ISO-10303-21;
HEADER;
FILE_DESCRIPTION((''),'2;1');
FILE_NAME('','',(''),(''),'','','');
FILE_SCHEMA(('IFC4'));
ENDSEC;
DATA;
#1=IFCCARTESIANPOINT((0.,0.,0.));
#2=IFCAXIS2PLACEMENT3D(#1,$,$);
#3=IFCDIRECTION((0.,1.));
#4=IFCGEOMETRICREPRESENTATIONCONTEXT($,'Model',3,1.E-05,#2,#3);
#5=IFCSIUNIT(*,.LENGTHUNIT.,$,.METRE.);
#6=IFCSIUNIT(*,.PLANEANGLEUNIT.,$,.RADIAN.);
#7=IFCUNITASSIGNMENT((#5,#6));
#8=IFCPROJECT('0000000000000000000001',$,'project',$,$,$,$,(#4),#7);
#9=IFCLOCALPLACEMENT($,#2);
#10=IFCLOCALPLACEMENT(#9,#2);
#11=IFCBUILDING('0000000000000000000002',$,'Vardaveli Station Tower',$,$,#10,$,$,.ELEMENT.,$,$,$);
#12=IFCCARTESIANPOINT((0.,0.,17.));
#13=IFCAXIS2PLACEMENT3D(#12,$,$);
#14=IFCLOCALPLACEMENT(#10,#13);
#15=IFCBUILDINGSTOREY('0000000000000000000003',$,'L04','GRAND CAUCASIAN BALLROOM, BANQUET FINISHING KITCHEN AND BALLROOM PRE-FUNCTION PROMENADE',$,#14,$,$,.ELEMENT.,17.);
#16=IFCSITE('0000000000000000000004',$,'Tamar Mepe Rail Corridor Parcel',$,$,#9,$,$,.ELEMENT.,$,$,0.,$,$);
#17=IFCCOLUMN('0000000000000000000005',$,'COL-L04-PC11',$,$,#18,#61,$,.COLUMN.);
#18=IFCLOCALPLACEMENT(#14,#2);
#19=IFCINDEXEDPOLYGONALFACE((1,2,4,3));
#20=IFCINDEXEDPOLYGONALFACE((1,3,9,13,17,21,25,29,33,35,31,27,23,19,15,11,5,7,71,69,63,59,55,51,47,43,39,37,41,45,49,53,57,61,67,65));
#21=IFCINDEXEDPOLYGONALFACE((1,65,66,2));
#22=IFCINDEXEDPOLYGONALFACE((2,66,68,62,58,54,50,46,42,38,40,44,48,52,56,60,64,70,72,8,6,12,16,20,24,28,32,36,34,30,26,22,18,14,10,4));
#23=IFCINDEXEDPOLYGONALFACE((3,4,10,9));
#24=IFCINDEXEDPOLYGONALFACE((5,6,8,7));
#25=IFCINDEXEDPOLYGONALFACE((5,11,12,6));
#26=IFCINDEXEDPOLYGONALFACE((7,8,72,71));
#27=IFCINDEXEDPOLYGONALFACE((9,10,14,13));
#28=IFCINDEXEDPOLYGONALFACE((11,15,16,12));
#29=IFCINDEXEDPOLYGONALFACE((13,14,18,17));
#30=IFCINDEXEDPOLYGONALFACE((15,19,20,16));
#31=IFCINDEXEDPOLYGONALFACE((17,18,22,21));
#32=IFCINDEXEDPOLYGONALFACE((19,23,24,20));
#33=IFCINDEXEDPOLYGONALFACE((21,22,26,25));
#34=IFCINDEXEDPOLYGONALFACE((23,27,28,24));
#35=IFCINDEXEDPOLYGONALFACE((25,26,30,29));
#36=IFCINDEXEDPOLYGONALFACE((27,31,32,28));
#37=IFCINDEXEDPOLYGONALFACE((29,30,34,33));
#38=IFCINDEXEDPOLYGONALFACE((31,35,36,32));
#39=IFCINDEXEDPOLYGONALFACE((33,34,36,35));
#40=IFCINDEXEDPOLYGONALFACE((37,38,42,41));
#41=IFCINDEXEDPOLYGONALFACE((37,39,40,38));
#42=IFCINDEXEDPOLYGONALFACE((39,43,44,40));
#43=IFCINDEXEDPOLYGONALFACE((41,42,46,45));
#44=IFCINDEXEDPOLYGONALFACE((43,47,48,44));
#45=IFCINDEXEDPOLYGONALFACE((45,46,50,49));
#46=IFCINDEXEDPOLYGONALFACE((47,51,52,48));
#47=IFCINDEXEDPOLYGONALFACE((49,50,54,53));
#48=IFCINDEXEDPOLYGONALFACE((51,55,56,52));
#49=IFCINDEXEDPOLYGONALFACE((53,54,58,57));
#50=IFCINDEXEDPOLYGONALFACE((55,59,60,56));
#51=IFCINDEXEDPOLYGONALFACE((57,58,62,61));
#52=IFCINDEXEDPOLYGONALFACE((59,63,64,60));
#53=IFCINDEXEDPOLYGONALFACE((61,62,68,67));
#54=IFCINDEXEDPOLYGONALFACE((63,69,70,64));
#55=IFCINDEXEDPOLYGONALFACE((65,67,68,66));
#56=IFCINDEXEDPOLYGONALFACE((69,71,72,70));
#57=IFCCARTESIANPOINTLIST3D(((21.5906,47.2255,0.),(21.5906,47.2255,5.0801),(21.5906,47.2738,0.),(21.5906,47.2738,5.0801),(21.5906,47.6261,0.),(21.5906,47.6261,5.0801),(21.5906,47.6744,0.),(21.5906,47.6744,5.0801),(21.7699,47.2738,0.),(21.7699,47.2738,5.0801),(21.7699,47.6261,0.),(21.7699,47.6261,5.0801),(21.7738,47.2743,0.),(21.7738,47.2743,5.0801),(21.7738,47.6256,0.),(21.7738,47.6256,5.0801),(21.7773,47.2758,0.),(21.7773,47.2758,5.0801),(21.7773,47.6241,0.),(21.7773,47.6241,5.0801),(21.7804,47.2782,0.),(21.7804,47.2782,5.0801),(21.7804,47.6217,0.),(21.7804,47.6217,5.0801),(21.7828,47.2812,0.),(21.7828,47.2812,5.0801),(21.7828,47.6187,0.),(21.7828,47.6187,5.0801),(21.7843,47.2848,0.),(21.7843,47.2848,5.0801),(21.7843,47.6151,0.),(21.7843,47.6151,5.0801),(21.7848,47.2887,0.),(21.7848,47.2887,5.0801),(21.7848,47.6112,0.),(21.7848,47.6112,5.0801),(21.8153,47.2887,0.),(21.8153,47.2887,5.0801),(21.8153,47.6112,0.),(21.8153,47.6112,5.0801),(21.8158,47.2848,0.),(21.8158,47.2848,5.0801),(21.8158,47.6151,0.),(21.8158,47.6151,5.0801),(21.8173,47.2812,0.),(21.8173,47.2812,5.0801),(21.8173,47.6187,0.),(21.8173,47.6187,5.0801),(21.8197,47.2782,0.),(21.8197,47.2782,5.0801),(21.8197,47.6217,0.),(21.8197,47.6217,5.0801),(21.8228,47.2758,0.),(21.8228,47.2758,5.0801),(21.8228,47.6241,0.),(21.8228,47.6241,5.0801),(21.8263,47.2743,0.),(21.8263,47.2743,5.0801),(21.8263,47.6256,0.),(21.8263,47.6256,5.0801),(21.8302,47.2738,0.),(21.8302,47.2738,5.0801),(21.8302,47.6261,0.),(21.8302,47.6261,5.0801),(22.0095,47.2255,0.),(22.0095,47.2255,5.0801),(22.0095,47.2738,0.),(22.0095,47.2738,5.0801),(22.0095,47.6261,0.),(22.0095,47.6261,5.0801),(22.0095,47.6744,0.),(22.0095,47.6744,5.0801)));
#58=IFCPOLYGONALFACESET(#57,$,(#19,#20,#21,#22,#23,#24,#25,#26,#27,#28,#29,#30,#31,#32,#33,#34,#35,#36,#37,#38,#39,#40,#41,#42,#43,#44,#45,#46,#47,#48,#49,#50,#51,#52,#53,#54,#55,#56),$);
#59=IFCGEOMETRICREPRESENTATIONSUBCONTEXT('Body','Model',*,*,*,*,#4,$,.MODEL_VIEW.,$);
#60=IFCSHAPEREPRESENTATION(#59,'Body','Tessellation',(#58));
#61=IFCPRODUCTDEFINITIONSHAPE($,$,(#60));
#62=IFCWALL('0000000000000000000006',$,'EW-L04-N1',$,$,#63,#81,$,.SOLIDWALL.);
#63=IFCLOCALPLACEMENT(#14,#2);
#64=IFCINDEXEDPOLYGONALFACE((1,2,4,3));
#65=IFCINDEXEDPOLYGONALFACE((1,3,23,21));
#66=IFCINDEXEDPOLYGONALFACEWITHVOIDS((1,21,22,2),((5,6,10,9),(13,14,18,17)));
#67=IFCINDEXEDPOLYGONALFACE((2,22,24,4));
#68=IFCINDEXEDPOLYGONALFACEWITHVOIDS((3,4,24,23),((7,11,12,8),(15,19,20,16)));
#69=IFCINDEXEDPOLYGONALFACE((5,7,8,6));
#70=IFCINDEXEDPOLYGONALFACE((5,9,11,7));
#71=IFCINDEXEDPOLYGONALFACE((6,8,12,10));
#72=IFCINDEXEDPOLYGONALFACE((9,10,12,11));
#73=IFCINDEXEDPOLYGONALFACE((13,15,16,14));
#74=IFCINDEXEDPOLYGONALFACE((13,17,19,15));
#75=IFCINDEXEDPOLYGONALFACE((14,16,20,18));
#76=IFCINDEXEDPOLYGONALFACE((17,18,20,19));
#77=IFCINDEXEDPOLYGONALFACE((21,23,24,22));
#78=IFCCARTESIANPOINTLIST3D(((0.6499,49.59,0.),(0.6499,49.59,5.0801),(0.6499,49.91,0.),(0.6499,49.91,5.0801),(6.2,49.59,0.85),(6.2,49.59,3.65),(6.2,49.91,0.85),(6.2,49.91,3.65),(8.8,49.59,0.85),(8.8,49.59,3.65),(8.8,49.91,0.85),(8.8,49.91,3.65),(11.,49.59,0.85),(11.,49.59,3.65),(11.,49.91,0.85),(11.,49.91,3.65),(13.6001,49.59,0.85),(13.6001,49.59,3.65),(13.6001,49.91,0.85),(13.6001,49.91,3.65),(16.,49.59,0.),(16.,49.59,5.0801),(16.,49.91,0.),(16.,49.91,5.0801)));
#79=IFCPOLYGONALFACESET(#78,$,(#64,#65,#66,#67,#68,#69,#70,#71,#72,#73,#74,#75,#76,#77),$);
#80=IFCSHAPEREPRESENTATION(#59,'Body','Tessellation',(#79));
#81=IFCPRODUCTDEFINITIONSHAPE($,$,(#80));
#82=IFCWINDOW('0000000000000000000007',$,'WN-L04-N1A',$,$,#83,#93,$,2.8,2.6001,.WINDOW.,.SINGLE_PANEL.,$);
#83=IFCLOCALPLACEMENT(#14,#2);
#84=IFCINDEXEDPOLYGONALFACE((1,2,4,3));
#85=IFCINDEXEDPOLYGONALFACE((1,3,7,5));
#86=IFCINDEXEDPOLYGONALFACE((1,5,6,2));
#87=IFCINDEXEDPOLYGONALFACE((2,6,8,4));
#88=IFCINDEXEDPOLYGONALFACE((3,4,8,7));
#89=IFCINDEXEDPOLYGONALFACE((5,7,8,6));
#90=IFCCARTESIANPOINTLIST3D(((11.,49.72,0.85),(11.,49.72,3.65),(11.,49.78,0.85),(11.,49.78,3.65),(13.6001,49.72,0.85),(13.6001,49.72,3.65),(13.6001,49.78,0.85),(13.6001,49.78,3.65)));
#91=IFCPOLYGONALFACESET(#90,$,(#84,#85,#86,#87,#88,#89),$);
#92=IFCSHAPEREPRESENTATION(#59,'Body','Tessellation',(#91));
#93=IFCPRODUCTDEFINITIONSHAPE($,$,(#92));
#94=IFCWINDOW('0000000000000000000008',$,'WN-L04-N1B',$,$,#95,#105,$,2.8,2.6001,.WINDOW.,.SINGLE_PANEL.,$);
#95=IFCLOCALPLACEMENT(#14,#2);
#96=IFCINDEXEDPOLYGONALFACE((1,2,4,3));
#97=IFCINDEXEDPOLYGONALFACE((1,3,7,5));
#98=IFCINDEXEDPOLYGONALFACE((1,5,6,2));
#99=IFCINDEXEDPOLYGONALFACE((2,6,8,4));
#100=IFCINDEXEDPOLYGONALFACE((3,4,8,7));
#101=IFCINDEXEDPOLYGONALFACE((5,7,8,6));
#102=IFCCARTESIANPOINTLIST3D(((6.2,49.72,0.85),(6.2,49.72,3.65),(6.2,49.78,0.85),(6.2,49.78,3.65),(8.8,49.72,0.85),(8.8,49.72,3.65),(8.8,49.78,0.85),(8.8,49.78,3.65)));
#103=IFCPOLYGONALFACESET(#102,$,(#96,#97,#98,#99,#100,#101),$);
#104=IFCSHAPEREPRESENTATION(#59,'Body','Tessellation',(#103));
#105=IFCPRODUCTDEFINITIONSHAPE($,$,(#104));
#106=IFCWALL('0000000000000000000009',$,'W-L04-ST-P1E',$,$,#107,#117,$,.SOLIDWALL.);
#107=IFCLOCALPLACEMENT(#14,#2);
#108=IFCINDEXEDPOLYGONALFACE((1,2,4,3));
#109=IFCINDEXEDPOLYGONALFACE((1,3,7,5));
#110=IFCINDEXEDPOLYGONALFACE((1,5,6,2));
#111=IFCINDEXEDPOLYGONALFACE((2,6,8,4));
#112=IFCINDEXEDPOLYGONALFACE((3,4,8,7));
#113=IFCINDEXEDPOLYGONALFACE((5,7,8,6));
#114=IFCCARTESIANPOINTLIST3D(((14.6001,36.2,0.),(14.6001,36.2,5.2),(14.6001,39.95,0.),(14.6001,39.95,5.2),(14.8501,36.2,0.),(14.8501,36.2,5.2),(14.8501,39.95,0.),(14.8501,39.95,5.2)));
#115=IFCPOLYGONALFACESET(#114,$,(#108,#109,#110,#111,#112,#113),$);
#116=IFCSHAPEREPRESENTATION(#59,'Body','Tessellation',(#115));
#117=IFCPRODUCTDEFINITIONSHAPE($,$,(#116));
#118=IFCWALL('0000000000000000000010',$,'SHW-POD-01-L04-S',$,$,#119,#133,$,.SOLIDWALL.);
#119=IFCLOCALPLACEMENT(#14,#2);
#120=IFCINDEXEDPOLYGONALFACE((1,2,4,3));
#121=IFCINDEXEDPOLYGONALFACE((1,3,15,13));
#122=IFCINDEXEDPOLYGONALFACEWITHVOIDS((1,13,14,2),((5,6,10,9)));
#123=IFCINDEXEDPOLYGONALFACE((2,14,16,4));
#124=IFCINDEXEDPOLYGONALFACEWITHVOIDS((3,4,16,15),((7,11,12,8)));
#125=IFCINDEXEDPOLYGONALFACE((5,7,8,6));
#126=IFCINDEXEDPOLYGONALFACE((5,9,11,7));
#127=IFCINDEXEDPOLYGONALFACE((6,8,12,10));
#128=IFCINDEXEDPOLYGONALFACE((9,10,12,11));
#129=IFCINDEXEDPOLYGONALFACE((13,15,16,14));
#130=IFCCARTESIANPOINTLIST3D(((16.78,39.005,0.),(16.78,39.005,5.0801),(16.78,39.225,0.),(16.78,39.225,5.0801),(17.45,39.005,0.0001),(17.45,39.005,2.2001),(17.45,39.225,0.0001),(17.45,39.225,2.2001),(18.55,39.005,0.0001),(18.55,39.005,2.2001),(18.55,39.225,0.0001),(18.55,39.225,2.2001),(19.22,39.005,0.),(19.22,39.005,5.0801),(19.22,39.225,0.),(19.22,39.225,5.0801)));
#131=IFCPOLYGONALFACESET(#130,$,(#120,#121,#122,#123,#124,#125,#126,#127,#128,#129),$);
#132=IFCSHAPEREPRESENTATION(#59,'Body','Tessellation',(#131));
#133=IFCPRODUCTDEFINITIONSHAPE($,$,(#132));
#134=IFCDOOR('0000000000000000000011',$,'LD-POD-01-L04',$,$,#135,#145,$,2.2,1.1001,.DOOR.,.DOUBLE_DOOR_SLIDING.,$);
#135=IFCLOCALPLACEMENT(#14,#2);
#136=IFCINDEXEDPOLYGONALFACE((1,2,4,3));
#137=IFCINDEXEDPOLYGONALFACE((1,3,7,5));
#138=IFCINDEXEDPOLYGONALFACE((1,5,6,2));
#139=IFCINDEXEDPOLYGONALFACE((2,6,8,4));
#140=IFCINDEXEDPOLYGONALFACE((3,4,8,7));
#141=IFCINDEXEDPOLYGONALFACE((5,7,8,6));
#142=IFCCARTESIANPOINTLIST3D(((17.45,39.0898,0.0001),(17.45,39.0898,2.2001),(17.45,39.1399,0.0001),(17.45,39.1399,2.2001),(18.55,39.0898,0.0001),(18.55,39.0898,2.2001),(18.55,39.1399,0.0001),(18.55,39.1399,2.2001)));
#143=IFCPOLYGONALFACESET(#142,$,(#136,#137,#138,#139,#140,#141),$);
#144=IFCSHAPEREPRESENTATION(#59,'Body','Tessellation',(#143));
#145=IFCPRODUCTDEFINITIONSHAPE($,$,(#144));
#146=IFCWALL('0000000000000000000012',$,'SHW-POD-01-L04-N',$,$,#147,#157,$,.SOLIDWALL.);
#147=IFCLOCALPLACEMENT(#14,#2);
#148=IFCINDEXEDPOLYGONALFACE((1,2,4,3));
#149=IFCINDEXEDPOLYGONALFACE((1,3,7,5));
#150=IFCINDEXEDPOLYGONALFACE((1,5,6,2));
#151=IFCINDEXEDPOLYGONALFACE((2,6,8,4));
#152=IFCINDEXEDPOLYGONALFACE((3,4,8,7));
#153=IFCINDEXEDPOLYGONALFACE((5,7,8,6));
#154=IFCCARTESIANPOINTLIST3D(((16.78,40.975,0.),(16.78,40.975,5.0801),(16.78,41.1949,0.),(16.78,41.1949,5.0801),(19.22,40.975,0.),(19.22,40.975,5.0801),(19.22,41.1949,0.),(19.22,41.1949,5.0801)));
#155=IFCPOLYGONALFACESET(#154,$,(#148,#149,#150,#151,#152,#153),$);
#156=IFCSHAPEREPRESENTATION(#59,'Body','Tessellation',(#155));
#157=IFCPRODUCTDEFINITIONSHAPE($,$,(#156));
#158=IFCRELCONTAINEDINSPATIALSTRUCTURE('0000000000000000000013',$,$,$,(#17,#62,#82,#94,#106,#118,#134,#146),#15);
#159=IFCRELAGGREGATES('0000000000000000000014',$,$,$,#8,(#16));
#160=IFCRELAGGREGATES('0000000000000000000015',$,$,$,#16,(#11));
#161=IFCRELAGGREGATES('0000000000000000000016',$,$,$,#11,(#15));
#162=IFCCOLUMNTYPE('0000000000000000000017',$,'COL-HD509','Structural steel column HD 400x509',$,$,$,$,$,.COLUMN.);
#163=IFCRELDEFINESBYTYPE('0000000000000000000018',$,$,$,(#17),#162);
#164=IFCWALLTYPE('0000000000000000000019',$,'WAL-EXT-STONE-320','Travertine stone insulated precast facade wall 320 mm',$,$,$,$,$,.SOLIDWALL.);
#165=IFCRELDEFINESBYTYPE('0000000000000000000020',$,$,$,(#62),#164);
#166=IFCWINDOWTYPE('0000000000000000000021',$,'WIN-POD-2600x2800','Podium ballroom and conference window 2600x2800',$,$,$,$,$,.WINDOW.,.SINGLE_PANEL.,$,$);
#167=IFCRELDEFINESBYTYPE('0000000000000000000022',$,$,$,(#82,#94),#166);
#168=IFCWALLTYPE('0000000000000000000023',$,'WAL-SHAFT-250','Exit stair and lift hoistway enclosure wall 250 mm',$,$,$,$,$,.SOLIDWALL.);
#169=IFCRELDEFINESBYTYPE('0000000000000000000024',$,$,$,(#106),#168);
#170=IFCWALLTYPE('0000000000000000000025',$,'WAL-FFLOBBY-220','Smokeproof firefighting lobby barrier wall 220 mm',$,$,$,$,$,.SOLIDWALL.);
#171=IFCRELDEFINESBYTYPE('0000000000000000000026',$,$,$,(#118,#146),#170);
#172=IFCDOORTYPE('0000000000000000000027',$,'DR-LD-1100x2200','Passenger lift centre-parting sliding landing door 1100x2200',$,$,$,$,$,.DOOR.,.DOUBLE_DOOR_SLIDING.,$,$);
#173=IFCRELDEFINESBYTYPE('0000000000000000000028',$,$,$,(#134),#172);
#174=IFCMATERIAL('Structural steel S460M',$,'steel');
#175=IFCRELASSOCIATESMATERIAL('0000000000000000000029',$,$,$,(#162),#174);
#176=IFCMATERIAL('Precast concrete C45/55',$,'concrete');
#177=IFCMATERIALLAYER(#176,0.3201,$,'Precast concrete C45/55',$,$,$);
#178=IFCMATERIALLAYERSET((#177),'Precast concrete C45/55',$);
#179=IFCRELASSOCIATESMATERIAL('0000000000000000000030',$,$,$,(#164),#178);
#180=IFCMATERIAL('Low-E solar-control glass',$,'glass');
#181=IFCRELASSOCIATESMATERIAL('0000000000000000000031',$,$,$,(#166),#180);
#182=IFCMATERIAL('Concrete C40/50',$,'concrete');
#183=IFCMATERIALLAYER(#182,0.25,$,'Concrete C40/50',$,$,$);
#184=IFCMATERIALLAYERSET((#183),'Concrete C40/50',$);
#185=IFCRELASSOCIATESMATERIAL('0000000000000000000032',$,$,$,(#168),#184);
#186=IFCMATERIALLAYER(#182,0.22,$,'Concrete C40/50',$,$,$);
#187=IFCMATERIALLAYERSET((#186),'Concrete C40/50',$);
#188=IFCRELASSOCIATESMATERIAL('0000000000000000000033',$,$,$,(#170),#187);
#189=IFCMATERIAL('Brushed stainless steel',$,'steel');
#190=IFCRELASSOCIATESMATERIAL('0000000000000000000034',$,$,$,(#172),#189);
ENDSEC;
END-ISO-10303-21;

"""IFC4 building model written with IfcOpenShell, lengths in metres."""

from ifc_helpers import new_model, si_unit, direction, frame, frame_2d, origin, origin_2d, place, context, subcontext, project, spatial, rectangle, i_section, extrude, source, transform, mapped, material, layer, layer_set, material_profile, profile_set, type_object, element, fill, save


model = new_model("IFC4")

# Units and contexts
model_context = context("Model", 3, precision=1e-05, world=origin(), true_north=direction((0.0, 1.0)))
body_context = subcontext(model_context, "Body", "Model", "MODEL_VIEW")
ifc_project = project(units=[si_unit("LENGTHUNIT", "METRE"), si_unit("PLANEANGLEUNIT", "RADIAN")], contexts=[model_context])

# Site, building, storey
site_placement = place(None, origin())
site = spatial("IfcSite", under=ifc_project, at=site_placement, Name="Tamar Mepe Rail Corridor Parcel", CompositionType="ELEMENT", RefElevation=0.0)
building_placement = place(site_placement, origin())
building = spatial("IfcBuilding", under=site, at=building_placement, Name="Vardaveli Station Tower", CompositionType="ELEMENT")
storey_placement = place(building_placement, frame((0.0, 0.0, 17.0)))
storey = spatial("IfcBuildingStorey", under=building, at=storey_placement, Name="L04", Description="GRAND CAUCASIAN BALLROOM, BANQUET FINISHING KITCHEN AND BALLROOM PRE-FUNCTION PROMENADE", CompositionType="ELEMENT", Elevation=17.0)

# Column
ifc_material_1 = material(Name="Structural steel S460M", Category="steel")
ifc_material_profile = material_profile(ifc_material_1, i_section(OverallWidth=0.4189, OverallDepth=0.449, WebThickness=0.0305, FlangeThickness=0.0483, FilletRadius=0.0149, at=origin_2d()), Name="HD 400x509")
ifc_profile_set = profile_set([ifc_material_profile], Name="Structural steel S460M")
column_type = type_object("IfcColumnType", Name="COL-HD509", Description="Structural steel column HD 400x509", PredefinedType="COLUMN", material=ifc_profile_set)
shared_shape_1 = source(origin(), body_context, "Body", "SweptSolid", [
    extrude(i_section(OverallWidth=0.4189, OverallDepth=0.449, WebThickness=0.0305, FlangeThickness=0.0483, FilletRadius=0.0149, at=origin_2d()), origin(), (0.0, 0.0, 1.0), 5.0801),
])
column_placement = place(storey_placement, frame((21.8, 47.45, 0.0), z_axis=(0.0, 0.0, 1.0), x_axis=(1.0, 0.0, 0.0)))
element("IfcColumn", 1, at=column_placement, inside=storey, type_object=column_type, Name="COL-L04-PC11", PredefinedType="COLUMN", context=body_context, shape_type="MappedRepresentation", body=[
    mapped(shared_shape_1, transform((0.0, 0.0, 0.0), scale=1.0)),
])

# Wall, openings, windows
ifc_material_2 = material(Name="Precast concrete C45/55", Category="concrete")
ifc_layer_1 = layer(ifc_material_2, 0.3201, Name="Precast concrete C45/55")
ifc_layer_set_1 = layer_set([ifc_layer_1], Name="Precast concrete C45/55")
wall_type_1 = type_object("IfcWallType", Name="WAL-EXT-STONE-320", Description="Travertine stone insulated precast facade wall 320 mm", PredefinedType="SOLIDWALL", material=ifc_layer_set_1)
shared_shape_2 = source(origin(), body_context, "Body", "SweptSolid", [
    extrude(rectangle(XDim=15.3501, YDim=0.3201, at=frame_2d((7.675, 0.0))), origin(), (0.0, 0.0, 1.0), 5.0801),
])
wall_1_placement = place(storey_placement, frame((16.0, 49.75, 0.0), z_axis=(0.0, 0.0, 1.0), x_axis=(-1.0, 0.0, 0.0)))
wall_1 = element("IfcWall", 2, at=wall_1_placement, inside=storey, type_object=wall_type_1, Name="EW-L04-N1", PredefinedType="SOLIDWALL", context=body_context, shape_type="MappedRepresentation", body=[
    mapped(shared_shape_2, transform((0.0, 0.0, 0.0), scale=1.0)),
])
shared_shape_3 = source(origin(), body_context, "Body", "SweptSolid", [
    extrude(rectangle(XDim=2.6001, YDim=2.8, at=frame_2d((1.3, 1.3999))), frame((0.0, 0.1699, 0.0), z_axis=(0.0, -1.0, 0.0), x_axis=(1.0, 0.0, 0.0)), (0.0, 0.0, 1.0), 0.3401),
])
opening_1_placement = place(wall_1_placement, frame((2.3999, 0.0, 0.8501)))
opening_1 = element("IfcOpeningElement", 3, at=opening_1_placement, cuts=wall_1, PredefinedType="OPENING", context=body_context, shape_type="MappedRepresentation", body=[
    mapped(shared_shape_3, transform((0.0, 0.0, 0.0), scale=1.0)),
])
opening_2_placement = place(wall_1_placement, frame((7.2, 0.0, 0.8501)))
opening_2 = element("IfcOpeningElement", 4, at=opening_2_placement, cuts=wall_1, PredefinedType="OPENING", context=body_context, shape_type="MappedRepresentation", body=[
    mapped(shared_shape_3, transform((0.0, 0.0, 0.0), scale=1.0)),
])
ifc_material_3 = material(Name="Low-E solar-control glass", Category="glass")
window_type = type_object("IfcWindowType", Name="WIN-POD-2600x2800", Description="Podium ballroom and conference window 2600x2800", PartitioningType="SINGLE_PANEL", PredefinedType="WINDOW", material=ifc_material_3)
shared_shape_4 = source(origin(), body_context, "Body", "SweptSolid", [
    extrude(rectangle(XDim=2.6001, YDim=2.8, at=frame_2d((1.3, 1.3999))), frame((0.0, 0.03, 0.0), z_axis=(0.0, -1.0, 0.0), x_axis=(1.0, 0.0, 0.0)), (0.0, 0.0, 1.0), 0.0601),
])
window_1_placement = place(opening_1_placement, origin())
window_1 = element("IfcWindow", 5, at=window_1_placement, inside=storey, type_object=window_type, Name="WN-L04-N1A", OverallHeight=2.8, OverallWidth=2.6001, PartitioningType="SINGLE_PANEL", PredefinedType="WINDOW", context=body_context, shape_type="MappedRepresentation", body=[
    mapped(shared_shape_4, transform((0.0, 0.0, 0.0), scale=1.0)),
])
fill(opening_1, window_1)
window_2_placement = place(opening_2_placement, origin())
window_2 = element("IfcWindow", 6, at=window_2_placement, inside=storey, type_object=window_type, Name="WN-L04-N1B", OverallHeight=2.8, OverallWidth=2.6001, PartitioningType="SINGLE_PANEL", PredefinedType="WINDOW", context=body_context, shape_type="MappedRepresentation", body=[
    mapped(shared_shape_4, transform((0.0, 0.0, 0.0), scale=1.0)),
])
fill(opening_2, window_2)

# Wall
ifc_material_4 = material(Name="Concrete C40/50", Category="concrete")
ifc_layer_2 = layer(ifc_material_4, 0.25, Name="Concrete C40/50")
ifc_layer_set_2 = layer_set([ifc_layer_2], Name="Concrete C40/50")
wall_type_2 = type_object("IfcWallType", Name="WAL-SHAFT-250", Description="Exit stair and lift hoistway enclosure wall 250 mm", PredefinedType="SOLIDWALL", material=ifc_layer_set_2)
shared_shape_5 = source(origin(), body_context, "Body", "SweptSolid", [
    extrude(rectangle(XDim=3.75, YDim=0.25, at=frame_2d((1.875, 0.0))), origin(), (0.0, 0.0, 1.0), 5.2),
])
wall_2_placement = place(storey_placement, frame((14.7251, 36.2, 0.0), z_axis=(0.0, 0.0, 1.0), x_axis=(0.0, 1.0, 0.0)))
element("IfcWall", 7, at=wall_2_placement, inside=storey, type_object=wall_type_2, Name="W-L04-ST-P1E", PredefinedType="SOLIDWALL", context=body_context, shape_type="MappedRepresentation", body=[
    mapped(shared_shape_5, transform((0.0, 0.0, 0.0), scale=1.0)),
])

# Wall, opening, door
ifc_layer_3 = layer(ifc_material_4, 0.22, Name="Concrete C40/50")
ifc_layer_set_3 = layer_set([ifc_layer_3], Name="Concrete C40/50")
wall_type_3 = type_object("IfcWallType", Name="WAL-FFLOBBY-220", Description="Smokeproof firefighting lobby barrier wall 220 mm", PredefinedType="SOLIDWALL", material=ifc_layer_set_3)
shared_shape_6 = source(origin(), body_context, "Body", "SweptSolid", [
    extrude(rectangle(XDim=2.4399, YDim=0.22, at=frame_2d((1.22, 0.0))), origin(), (0.0, 0.0, 1.0), 5.0801),
])
wall_3_placement = place(storey_placement, frame((16.78, 39.115, 0.0), z_axis=(0.0, 0.0, 1.0), x_axis=(1.0, 0.0, 0.0)))
wall_3 = element("IfcWall", 8, at=wall_3_placement, inside=storey, type_object=wall_type_3, Name="SHW-POD-01-L04-S", PredefinedType="SOLIDWALL", context=body_context, shape_type="MappedRepresentation", body=[
    mapped(shared_shape_6, transform((0.0, 0.0, 0.0), scale=1.0)),
])
shared_shape_7 = source(origin(), body_context, "Body", "SweptSolid", [
    extrude(rectangle(XDim=1.1001, YDim=2.2, at=frame_2d((0.55, 1.1001))), frame((0.0, 0.1201, 0.0), z_axis=(0.0, -1.0, 0.0), x_axis=(1.0, 0.0, 0.0)), (0.0, 0.0, 1.0), 0.24),
])
opening_3_placement = place(wall_3_placement, frame((0.6699, 0.0, 0.0)))
opening_3 = element("IfcOpeningElement", 9, at=opening_3_placement, cuts=wall_3, PredefinedType="OPENING", context=body_context, shape_type="MappedRepresentation", body=[
    mapped(shared_shape_7, transform((0.0, 0.0, 0.0), scale=1.0)),
])
ifc_material_5 = material(Name="Brushed stainless steel", Category="steel")
door_type = type_object("IfcDoorType", Name="DR-LD-1100x2200", Description="Passenger lift centre-parting sliding landing door 1100x2200", OperationType="DOUBLE_DOOR_SLIDING", PredefinedType="DOOR", material=ifc_material_5)
shared_shape_8 = source(origin(), body_context, "Body", "SweptSolid", [
    extrude(rectangle(XDim=1.1001, YDim=2.2, at=frame_2d((0.55, 1.1001))), frame((0.0, 0.0249, 0.0), z_axis=(0.0, -1.0, 0.0), x_axis=(1.0, 0.0, 0.0)), (0.0, 0.0, 1.0), 0.05),
])
door_1_placement = place(opening_3_placement, origin())
door_1 = element("IfcDoor", 10, at=door_1_placement, inside=storey, type_object=door_type, Name="LD-POD-01-L04", OperationType="DOUBLE_DOOR_SLIDING", OverallHeight=2.2, OverallWidth=1.1001, PredefinedType="DOOR", context=body_context, shape_type="MappedRepresentation", body=[
    mapped(shared_shape_8, transform((0.0, 0.0, 0.0), scale=1.0)),
])
fill(opening_3, door_1)

# Wall
wall_4_placement = place(storey_placement, frame((16.78, 41.085, 0.0), z_axis=(0.0, 0.0, 1.0), x_axis=(1.0, 0.0, 0.0)))
element("IfcWall", 11, at=wall_4_placement, inside=storey, type_object=wall_type_3, Name="SHW-POD-01-L04-N", PredefinedType="SOLIDWALL", context=body_context, shape_type="MappedRepresentation", body=[
    mapped(shared_shape_6, transform((0.0, 0.0, 0.0), scale=1.0)),
])

save(model, "model.ifc")
